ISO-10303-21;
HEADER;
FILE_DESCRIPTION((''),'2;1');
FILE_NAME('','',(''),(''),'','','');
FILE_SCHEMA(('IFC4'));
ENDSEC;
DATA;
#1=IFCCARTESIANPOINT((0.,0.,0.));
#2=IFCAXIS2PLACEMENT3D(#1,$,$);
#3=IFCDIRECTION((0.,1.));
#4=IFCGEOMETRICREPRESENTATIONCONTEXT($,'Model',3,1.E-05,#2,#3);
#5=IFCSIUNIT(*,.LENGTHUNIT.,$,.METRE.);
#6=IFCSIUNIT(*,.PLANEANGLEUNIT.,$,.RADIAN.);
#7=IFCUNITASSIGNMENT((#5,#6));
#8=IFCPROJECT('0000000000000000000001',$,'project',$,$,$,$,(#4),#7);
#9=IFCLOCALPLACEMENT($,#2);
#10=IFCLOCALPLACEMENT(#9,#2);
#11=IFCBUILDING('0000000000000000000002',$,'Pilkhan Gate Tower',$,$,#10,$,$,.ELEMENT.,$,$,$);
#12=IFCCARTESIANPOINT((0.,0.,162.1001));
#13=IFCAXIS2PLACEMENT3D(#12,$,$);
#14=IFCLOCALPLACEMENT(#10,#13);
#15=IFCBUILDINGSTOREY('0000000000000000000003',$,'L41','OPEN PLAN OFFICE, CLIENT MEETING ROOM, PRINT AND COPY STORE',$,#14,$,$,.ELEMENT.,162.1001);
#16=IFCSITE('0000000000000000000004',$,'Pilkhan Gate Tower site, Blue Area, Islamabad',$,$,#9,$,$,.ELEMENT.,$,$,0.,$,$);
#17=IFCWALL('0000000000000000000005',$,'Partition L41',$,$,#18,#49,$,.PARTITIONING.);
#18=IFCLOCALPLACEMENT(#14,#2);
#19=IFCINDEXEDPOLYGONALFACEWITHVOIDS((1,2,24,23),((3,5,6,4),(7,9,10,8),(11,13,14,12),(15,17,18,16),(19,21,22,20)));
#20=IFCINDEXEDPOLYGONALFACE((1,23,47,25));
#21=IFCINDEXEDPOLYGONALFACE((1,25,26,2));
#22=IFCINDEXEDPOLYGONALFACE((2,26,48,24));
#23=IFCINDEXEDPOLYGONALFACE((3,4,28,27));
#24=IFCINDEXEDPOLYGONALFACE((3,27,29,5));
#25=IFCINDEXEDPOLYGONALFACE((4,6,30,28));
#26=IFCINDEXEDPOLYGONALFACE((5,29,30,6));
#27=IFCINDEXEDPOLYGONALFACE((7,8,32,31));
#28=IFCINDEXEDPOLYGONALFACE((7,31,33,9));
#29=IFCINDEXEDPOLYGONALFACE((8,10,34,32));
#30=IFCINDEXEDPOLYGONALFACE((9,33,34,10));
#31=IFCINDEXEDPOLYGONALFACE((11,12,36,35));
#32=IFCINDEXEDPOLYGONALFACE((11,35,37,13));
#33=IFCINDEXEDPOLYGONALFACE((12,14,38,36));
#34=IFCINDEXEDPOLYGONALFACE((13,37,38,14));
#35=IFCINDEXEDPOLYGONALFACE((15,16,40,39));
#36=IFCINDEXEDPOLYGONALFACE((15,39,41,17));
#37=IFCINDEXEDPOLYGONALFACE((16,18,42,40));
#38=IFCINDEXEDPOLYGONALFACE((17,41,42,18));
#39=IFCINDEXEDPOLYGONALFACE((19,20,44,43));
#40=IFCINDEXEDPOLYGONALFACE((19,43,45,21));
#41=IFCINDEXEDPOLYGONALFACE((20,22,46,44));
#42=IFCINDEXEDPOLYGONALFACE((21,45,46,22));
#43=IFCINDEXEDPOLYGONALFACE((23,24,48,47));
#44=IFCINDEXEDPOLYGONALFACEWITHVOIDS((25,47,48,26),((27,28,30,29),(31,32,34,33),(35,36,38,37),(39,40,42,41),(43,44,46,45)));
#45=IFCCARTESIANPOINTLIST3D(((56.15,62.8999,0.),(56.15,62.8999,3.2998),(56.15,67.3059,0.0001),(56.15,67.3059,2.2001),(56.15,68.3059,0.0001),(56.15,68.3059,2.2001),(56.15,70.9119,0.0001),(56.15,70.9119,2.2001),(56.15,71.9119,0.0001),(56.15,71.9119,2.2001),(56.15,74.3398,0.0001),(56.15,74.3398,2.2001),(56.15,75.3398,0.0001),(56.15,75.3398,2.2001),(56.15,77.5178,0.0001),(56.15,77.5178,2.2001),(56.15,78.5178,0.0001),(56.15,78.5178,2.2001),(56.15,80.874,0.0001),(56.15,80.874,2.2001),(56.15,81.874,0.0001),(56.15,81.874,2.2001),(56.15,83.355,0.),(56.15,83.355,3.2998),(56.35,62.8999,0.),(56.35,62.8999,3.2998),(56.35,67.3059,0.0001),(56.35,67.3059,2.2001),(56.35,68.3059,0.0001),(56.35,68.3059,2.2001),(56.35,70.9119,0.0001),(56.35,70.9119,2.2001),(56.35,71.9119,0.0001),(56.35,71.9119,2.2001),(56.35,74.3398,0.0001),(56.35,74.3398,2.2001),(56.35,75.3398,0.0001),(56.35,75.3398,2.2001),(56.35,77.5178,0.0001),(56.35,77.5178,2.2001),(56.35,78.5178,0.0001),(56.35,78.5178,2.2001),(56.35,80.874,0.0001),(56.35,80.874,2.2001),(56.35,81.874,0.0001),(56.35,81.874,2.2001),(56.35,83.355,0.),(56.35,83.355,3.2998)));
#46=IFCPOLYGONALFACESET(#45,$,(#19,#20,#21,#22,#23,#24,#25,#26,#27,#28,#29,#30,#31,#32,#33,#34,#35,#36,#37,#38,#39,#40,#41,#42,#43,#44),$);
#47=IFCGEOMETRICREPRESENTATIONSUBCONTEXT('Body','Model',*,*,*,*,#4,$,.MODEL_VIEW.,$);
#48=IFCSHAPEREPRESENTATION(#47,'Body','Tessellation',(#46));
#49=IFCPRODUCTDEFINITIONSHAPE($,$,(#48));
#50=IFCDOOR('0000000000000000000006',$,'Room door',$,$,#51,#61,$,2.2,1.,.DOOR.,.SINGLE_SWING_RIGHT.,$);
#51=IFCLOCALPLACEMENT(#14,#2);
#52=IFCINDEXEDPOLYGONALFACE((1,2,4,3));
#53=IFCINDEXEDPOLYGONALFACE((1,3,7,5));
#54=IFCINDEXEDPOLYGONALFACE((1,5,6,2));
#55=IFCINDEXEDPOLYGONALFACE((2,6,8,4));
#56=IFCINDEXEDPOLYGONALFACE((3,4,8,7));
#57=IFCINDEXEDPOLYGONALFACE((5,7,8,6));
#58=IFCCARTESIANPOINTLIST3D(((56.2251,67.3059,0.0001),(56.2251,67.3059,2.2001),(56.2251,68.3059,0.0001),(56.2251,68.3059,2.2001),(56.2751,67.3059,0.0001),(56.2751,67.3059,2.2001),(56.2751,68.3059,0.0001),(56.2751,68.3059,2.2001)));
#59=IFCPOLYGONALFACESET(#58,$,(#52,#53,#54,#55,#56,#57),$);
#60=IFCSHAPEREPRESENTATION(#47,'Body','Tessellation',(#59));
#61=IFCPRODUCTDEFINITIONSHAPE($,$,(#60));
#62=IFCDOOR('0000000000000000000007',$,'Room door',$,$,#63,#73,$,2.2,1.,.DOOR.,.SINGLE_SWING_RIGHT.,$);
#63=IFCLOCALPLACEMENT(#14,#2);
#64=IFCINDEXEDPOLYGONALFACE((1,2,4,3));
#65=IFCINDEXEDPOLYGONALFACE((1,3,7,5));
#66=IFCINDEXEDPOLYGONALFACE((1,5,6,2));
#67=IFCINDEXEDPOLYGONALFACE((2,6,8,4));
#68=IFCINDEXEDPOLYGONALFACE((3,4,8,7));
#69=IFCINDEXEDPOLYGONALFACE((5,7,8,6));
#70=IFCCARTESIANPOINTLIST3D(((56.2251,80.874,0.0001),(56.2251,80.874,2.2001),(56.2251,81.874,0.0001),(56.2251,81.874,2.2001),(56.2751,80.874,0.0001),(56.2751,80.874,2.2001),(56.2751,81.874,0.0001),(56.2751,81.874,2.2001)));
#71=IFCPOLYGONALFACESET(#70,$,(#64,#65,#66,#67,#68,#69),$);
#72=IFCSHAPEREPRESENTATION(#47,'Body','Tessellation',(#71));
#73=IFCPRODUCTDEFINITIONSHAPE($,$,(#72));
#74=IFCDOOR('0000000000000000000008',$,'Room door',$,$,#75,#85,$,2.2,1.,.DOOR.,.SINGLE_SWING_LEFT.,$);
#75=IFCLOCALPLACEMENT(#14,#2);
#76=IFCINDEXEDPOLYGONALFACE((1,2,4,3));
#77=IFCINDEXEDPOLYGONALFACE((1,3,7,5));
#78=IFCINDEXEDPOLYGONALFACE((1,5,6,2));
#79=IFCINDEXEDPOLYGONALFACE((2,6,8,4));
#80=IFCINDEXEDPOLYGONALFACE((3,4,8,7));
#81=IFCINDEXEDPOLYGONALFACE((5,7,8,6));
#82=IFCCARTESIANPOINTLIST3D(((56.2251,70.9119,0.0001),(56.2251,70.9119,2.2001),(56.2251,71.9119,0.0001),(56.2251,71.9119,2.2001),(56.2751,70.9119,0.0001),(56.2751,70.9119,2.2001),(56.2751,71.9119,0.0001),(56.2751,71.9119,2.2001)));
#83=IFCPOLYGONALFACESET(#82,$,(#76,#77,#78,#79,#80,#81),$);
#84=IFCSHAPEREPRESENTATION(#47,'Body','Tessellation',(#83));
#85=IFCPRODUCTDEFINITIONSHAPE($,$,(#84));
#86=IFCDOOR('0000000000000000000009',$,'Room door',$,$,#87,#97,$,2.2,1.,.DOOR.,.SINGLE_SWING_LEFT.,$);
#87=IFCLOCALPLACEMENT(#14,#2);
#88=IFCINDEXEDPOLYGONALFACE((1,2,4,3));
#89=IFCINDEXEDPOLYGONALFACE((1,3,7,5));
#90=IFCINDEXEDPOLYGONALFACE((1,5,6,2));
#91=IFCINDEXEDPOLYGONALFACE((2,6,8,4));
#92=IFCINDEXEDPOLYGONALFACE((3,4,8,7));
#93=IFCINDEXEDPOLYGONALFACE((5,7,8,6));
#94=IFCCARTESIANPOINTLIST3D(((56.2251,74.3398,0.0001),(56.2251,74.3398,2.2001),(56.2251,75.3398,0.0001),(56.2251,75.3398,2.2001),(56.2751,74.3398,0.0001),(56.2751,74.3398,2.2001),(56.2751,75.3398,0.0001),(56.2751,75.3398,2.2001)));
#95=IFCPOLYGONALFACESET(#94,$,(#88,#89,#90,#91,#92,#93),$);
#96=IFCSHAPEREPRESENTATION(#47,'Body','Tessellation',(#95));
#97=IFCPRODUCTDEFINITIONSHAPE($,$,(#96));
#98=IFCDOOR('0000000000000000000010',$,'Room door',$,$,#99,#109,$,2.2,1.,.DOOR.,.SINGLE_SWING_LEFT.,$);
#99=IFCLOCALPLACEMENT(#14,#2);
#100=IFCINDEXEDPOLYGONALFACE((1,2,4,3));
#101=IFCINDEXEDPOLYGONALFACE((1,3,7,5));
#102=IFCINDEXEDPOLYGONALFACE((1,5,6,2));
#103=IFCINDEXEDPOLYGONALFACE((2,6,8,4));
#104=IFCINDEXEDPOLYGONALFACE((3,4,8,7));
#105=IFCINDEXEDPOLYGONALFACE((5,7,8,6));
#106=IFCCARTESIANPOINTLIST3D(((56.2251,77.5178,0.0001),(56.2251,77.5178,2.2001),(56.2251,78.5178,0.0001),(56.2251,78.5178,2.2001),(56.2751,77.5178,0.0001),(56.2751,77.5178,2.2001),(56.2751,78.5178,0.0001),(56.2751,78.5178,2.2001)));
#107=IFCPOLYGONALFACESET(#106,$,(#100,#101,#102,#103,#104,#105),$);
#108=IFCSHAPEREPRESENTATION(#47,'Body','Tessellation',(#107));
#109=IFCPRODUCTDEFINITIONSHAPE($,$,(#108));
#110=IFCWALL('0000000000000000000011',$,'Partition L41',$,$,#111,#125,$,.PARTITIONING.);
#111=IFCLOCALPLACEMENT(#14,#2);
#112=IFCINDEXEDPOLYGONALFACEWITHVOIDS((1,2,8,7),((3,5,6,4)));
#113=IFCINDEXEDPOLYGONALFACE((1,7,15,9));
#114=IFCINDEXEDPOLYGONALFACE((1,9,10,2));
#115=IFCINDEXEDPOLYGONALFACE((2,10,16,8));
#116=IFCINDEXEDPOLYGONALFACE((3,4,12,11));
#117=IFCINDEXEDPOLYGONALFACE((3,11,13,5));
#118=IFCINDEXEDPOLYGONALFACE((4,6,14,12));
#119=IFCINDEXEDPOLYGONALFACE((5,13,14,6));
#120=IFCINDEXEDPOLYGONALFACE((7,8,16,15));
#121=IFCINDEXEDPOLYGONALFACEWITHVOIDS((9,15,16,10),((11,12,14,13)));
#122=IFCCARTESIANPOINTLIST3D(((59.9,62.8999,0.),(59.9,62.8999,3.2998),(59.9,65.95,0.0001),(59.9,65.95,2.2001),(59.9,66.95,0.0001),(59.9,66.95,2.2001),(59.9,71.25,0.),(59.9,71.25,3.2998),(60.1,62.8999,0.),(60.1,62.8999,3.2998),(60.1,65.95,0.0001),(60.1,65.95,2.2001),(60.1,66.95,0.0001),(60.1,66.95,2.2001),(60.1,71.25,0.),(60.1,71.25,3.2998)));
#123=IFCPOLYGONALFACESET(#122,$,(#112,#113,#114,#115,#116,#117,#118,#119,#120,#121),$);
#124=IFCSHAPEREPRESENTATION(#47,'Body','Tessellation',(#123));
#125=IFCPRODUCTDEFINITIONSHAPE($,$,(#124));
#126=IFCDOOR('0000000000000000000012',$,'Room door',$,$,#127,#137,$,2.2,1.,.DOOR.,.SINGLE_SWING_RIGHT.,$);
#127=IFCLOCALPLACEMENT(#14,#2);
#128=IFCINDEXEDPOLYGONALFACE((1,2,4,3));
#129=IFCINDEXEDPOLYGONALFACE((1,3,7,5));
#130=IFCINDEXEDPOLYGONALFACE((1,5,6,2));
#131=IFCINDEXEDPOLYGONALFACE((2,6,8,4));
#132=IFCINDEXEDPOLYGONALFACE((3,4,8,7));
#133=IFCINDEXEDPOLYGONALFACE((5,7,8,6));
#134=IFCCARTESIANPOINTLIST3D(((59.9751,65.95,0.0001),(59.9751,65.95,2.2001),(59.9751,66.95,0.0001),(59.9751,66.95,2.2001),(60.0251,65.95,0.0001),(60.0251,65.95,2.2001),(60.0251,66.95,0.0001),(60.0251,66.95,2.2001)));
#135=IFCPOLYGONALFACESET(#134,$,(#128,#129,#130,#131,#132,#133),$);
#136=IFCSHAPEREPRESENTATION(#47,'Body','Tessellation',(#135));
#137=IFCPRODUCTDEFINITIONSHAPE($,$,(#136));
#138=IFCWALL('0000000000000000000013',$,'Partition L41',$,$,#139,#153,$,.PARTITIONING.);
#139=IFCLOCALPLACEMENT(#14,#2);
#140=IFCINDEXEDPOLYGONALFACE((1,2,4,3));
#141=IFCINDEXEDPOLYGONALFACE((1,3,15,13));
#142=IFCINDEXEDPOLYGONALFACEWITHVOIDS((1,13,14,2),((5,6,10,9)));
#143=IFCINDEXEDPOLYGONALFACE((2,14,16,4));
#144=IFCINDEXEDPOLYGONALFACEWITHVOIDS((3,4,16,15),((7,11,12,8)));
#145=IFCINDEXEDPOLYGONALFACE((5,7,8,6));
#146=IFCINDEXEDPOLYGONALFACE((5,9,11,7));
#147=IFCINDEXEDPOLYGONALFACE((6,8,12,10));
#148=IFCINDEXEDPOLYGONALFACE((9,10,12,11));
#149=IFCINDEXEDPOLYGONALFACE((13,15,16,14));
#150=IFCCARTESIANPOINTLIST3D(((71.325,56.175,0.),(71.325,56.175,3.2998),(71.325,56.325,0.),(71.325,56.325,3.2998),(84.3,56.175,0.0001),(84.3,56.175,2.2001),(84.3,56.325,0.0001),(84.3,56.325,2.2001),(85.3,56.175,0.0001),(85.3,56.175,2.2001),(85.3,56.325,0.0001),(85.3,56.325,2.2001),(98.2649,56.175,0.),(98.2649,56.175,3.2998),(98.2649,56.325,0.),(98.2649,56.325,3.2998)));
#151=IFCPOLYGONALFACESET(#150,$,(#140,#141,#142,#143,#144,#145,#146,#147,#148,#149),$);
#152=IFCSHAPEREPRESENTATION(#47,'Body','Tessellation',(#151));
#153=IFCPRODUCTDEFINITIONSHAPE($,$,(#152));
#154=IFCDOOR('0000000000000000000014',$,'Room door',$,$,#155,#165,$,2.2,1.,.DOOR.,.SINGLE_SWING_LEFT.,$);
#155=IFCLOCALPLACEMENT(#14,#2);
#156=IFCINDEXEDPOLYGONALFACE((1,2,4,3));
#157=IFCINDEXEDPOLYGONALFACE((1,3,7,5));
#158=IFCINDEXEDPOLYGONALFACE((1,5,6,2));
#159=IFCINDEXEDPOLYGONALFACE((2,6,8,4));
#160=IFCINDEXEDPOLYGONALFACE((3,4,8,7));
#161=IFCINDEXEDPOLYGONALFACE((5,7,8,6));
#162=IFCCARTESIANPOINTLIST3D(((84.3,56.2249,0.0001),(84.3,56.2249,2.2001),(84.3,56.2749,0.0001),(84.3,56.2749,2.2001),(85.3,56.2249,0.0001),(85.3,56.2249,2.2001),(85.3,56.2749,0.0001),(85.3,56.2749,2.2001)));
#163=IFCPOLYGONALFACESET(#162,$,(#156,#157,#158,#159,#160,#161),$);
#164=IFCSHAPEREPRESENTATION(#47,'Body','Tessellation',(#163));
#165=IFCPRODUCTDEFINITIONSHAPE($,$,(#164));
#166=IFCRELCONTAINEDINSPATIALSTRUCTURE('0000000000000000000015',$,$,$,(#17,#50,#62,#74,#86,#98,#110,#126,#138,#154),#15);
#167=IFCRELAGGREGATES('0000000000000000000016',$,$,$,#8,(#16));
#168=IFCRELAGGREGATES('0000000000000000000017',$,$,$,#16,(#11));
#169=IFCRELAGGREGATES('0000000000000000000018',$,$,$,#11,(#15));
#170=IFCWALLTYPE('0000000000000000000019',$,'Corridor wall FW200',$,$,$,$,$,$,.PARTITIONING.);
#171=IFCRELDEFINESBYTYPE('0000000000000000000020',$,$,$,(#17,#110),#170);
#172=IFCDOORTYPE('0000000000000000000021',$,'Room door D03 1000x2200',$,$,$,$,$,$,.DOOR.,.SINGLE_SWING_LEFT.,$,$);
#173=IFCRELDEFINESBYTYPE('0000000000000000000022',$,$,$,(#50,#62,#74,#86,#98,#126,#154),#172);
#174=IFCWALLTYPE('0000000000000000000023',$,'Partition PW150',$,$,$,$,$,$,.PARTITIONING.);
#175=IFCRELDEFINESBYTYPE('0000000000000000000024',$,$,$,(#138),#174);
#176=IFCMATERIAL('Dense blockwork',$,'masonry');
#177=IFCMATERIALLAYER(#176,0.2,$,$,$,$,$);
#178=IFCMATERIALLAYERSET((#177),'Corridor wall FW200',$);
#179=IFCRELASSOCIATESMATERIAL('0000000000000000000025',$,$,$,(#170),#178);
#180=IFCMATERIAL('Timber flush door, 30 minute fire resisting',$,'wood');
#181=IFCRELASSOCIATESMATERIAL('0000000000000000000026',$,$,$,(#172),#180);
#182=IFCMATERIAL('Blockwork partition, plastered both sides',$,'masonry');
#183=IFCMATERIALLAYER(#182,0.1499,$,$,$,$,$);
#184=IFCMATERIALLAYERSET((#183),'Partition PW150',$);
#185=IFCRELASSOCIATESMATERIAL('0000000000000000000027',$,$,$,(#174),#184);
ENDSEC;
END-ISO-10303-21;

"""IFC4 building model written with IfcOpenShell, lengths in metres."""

from ifc_helpers import new_model, si_unit, direction, frame, frame_2d, origin, place, context, subcontext, project, spatial, rectangle, extrude, material, layer, layer_set, type_object, element, fill, save


model = new_model("IFC4")

# Units and contexts
model_context = context("Model", 3, precision=1e-05, world=origin(), true_north=direction((0.0, 1.0)))
body_context = subcontext(model_context, "Body", "Model", "MODEL_VIEW")
ifc_project = project(units=[si_unit("LENGTHUNIT", "METRE"), si_unit("PLANEANGLEUNIT", "RADIAN")], contexts=[model_context])

# Site, building, storey
site_placement = place(None, origin())
site = spatial("IfcSite", under=ifc_project, at=site_placement, Name="Pilkhan Gate Tower site, Blue Area, Islamabad", CompositionType="ELEMENT", RefElevation=0.0)
building_placement = place(site_placement, origin())
building = spatial("IfcBuilding", under=site, at=building_placement, Name="Pilkhan Gate Tower", CompositionType="ELEMENT")
storey_placement = place(building_placement, frame((0.0, 0.0, 162.1001)))
storey = spatial("IfcBuildingStorey", under=building, at=storey_placement, Name="L41", Description="OPEN PLAN OFFICE, CLIENT MEETING ROOM, PRINT AND COPY STORE", CompositionType="ELEMENT", Elevation=162.1001)

# Wall, openings, doors
ifc_material_1 = material(Name="Dense blockwork", Category="masonry")
ifc_layer_1 = layer(ifc_material_1, 0.2)
ifc_layer_set_1 = layer_set([ifc_layer_1], Name="Corridor wall FW200")
wall_type_1 = type_object("IfcWallType", Name="Corridor wall FW200", PredefinedType="PARTITIONING", material=ifc_layer_set_1)
ifc_material_2 = material(Name="Timber flush door, 30 minute fire resisting", Category="wood")
door_type_1 = type_object("IfcDoorType", Name="Room door D03 1000x2200", OperationType="SINGLE_SWING_LEFT", PredefinedType="DOOR", material=ifc_material_2)
wall_1_placement = place(storey_placement, frame((56.25, 62.8999, 0.0), z_axis=(0.0, 0.0, 1.0), x_axis=(0.0, 1.0, 0.0)))
wall_1 = element("IfcWall", 1, at=wall_1_placement, inside=storey, type_object=wall_type_1, Name="Partition L41", PredefinedType="PARTITIONING", context=body_context, shape_type="SweptSolid", body=[
    extrude(rectangle(XDim=20.4551, YDim=0.2, at=frame_2d((10.2275, 0.0))), origin(), (0.0, 0.0, 1.0), 3.2998),
])
opening_1_placement = place(wall_1_placement, frame((4.406, 0.0, 0.0)))
opening_1 = element("IfcOpeningElement", 2, at=opening_1_placement, cuts=wall_1, PredefinedType="OPENING", context=body_context, shape_type="SweptSolid", body=[
    extrude(rectangle(XDim=1.0, YDim=2.2, at=frame_2d((0.5, 1.1001))), frame((0.0, 0.1099, 0.0), z_axis=(0.0, -1.0, 0.0), x_axis=(1.0, 0.0, 0.0)), (0.0, 0.0, 1.0), 0.22),
])
opening_2_placement = place(wall_1_placement, frame((17.9741, 0.0, 0.0)))
opening_2 = element("IfcOpeningElement", 3, at=opening_2_placement, cuts=wall_1, PredefinedType="OPENING", context=body_context, shape_type="SweptSolid", body=[
    extrude(rectangle(XDim=1.0, YDim=2.2, at=frame_2d((0.5, 1.1001))), frame((0.0, 0.1099, 0.0), z_axis=(0.0, -1.0, 0.0), x_axis=(1.0, 0.0, 0.0)), (0.0, 0.0, 1.0), 0.22),
])
opening_3_placement = place(wall_1_placement, frame((8.012, 0.0, 0.0)))
opening_3 = element("IfcOpeningElement", 4, at=opening_3_placement, cuts=wall_1, PredefinedType="OPENING", context=body_context, shape_type="SweptSolid", body=[
    extrude(rectangle(XDim=1.0, YDim=2.2, at=frame_2d((0.5, 1.1001))), frame((0.0, 0.1099, 0.0), z_axis=(0.0, -1.0, 0.0), x_axis=(1.0, 0.0, 0.0)), (0.0, 0.0, 1.0), 0.22),
])
opening_4_placement = place(wall_1_placement, frame((11.4399, 0.0, 0.0)))
opening_4 = element("IfcOpeningElement", 5, at=opening_4_placement, cuts=wall_1, PredefinedType="OPENING", context=body_context, shape_type="SweptSolid", body=[
    extrude(rectangle(XDim=1.0, YDim=2.2, at=frame_2d((0.5, 1.1001))), frame((0.0, 0.1099, 0.0), z_axis=(0.0, -1.0, 0.0), x_axis=(1.0, 0.0, 0.0)), (0.0, 0.0, 1.0), 0.22),
])
opening_5_placement = place(wall_1_placement, frame((14.6179, 0.0, 0.0)))
opening_5 = element("IfcOpeningElement", 6, at=opening_5_placement, cuts=wall_1, PredefinedType="OPENING", context=body_context, shape_type="SweptSolid", body=[
    extrude(rectangle(XDim=1.0, YDim=2.2, at=frame_2d((0.5, 1.1001))), frame((0.0, 0.1099, 0.0), z_axis=(0.0, -1.0, 0.0), x_axis=(1.0, 0.0, 0.0)), (0.0, 0.0, 1.0), 0.22),
])
door_1_placement = place(opening_1_placement, origin())
door_1 = element("IfcDoor", 7, at=door_1_placement, inside=storey, type_object=door_type_1, Name="Room door", OperationType="SINGLE_SWING_RIGHT", OverallHeight=2.2, OverallWidth=1.0, PredefinedType="DOOR", context=body_context, shape_type="SweptSolid", body=[
    extrude(rectangle(XDim=1.0, YDim=2.2, at=frame_2d((0.5, 1.1001))), frame((0.0, 0.0249, 0.0), z_axis=(0.0, -1.0, 0.0), x_axis=(1.0, 0.0, 0.0)), (0.0, 0.0, 1.0), 0.05),
])
fill(opening_1, door_1)
door_2_placement = place(opening_2_placement, origin())
door_2 = element("IfcDoor", 8, at=door_2_placement, inside=storey, type_object=door_type_1, Name="Room door", OperationType="SINGLE_SWING_RIGHT", OverallHeight=2.2, OverallWidth=1.0, PredefinedType="DOOR", context=body_context, shape_type="SweptSolid", body=[
    extrude(rectangle(XDim=1.0, YDim=2.2, at=frame_2d((0.5, 1.1001))), frame((0.0, 0.0249, 0.0), z_axis=(0.0, -1.0, 0.0), x_axis=(1.0, 0.0, 0.0)), (0.0, 0.0, 1.0), 0.05),
])
fill(opening_2, door_2)
door_3_placement = place(opening_3_placement, origin())
door_3 = element("IfcDoor", 9, at=door_3_placement, inside=storey, type_object=door_type_1, Name="Room door", OperationType="SINGLE_SWING_LEFT", OverallHeight=2.2, OverallWidth=1.0, PredefinedType="DOOR", context=body_context, shape_type="SweptSolid", body=[
    extrude(rectangle(XDim=1.0, YDim=2.2, at=frame_2d((0.5, 1.1001))), frame((0.0, 0.0249, 0.0), z_axis=(0.0, -1.0, 0.0), x_axis=(1.0, 0.0, 0.0)), (0.0, 0.0, 1.0), 0.05),
])
fill(opening_3, door_3)
door_4_placement = place(opening_4_placement, origin())
door_4 = element("IfcDoor", 10, at=door_4_placement, inside=storey, type_object=door_type_1, Name="Room door", OperationType="SINGLE_SWING_LEFT", OverallHeight=2.2, OverallWidth=1.0, PredefinedType="DOOR", context=body_context, shape_type="SweptSolid", body=[
    extrude(rectangle(XDim=1.0, YDim=2.2, at=frame_2d((0.5, 1.1001))), frame((0.0, 0.0249, 0.0), z_axis=(0.0, -1.0, 0.0), x_axis=(1.0, 0.0, 0.0)), (0.0, 0.0, 1.0), 0.05),
])
fill(opening_4, door_4)
door_5_placement = place(opening_5_placement, origin())
door_5 = element("IfcDoor", 11, at=door_5_placement, inside=storey, type_object=door_type_1, Name="Room door", OperationType="SINGLE_SWING_LEFT", OverallHeight=2.2, OverallWidth=1.0, PredefinedType="DOOR", context=body_context, shape_type="SweptSolid", body=[
    extrude(rectangle(XDim=1.0, YDim=2.2, at=frame_2d((0.5, 1.1001))), frame((0.0, 0.0249, 0.0), z_axis=(0.0, -1.0, 0.0), x_axis=(1.0, 0.0, 0.0)), (0.0, 0.0, 1.0), 0.05),
])
fill(opening_5, door_5)

# Walls, openings, doors
wall_2_placement = place(storey_placement, frame((60.0, 62.8999, 0.0), z_axis=(0.0, 0.0, 1.0), x_axis=(0.0, 1.0, 0.0)))
wall_2 = element("IfcWall", 12, at=wall_2_placement, inside=storey, type_object=wall_type_1, Name="Partition L41", PredefinedType="PARTITIONING", context=body_context, shape_type="SweptSolid", body=[
    extrude(rectangle(XDim=8.3501, YDim=0.2, at=frame_2d((4.175, 0.0))), origin(), (0.0, 0.0, 1.0), 3.2998),
])
opening_6_placement = place(wall_2_placement, frame((3.05, 0.0, 0.0)))
opening_6 = element("IfcOpeningElement", 13, at=opening_6_placement, cuts=wall_2, PredefinedType="OPENING", context=body_context, shape_type="SweptSolid", body=[
    extrude(rectangle(XDim=1.0, YDim=2.2, at=frame_2d((0.5, 1.1001))), frame((0.0, 0.1099, 0.0), z_axis=(0.0, -1.0, 0.0), x_axis=(1.0, 0.0, 0.0)), (0.0, 0.0, 1.0), 0.22),
])
door_6_placement = place(opening_6_placement, origin())
door_6 = element("IfcDoor", 14, at=door_6_placement, inside=storey, type_object=door_type_1, Name="Room door", OperationType="SINGLE_SWING_RIGHT", OverallHeight=2.2, OverallWidth=1.0, PredefinedType="DOOR", context=body_context, shape_type="SweptSolid", body=[
    extrude(rectangle(XDim=1.0, YDim=2.2, at=frame_2d((0.5, 1.1001))), frame((0.0, 0.0249, 0.0), z_axis=(0.0, -1.0, 0.0), x_axis=(1.0, 0.0, 0.0)), (0.0, 0.0, 1.0), 0.05),
])
fill(opening_6, door_6)
ifc_material_3 = material(Name="Blockwork partition, plastered both sides", Category="masonry")
ifc_layer_2 = layer(ifc_material_3, 0.1499)
ifc_layer_set_2 = layer_set([ifc_layer_2], Name="Partition PW150")
wall_type_2 = type_object("IfcWallType", Name="Partition PW150", PredefinedType="PARTITIONING", material=ifc_layer_set_2)
wall_3_placement = place(storey_placement, frame((71.325, 56.25, 0.0), z_axis=(0.0, 0.0, 1.0), x_axis=(1.0, 0.0, 0.0)))
wall_3 = element("IfcWall", 15, at=wall_3_placement, inside=storey, type_object=wall_type_2, Name="Partition L41", PredefinedType="PARTITIONING", context=body_context, shape_type="SweptSolid", body=[
    extrude(rectangle(XDim=26.9399, YDim=0.1499, at=frame_2d((13.47, 0.0))), origin(), (0.0, 0.0, 1.0), 3.2998),
])
opening_7_placement = place(wall_3_placement, frame((12.9751, 0.0, 0.0)))
opening_7 = element("IfcOpeningElement", 16, at=opening_7_placement, cuts=wall_3, PredefinedType="OPENING", context=body_context, shape_type="SweptSolid", body=[
    extrude(rectangle(XDim=1.0, YDim=2.2, at=frame_2d((0.5, 1.1001))), frame((0.0, 0.085, 0.0), z_axis=(0.0, -1.0, 0.0), x_axis=(1.0, 0.0, 0.0)), (0.0, 0.0, 1.0), 0.1699),
])
door_7_placement = place(opening_7_placement, origin())
door_7 = element("IfcDoor", 17, at=door_7_placement, inside=storey, type_object=door_type_1, Name="Room door", OperationType="SINGLE_SWING_LEFT", OverallHeight=2.2, OverallWidth=1.0, PredefinedType="DOOR", context=body_context, shape_type="SweptSolid", body=[
    extrude(rectangle(XDim=1.0, YDim=2.2, at=frame_2d((0.5, 1.1001))), frame((0.0, 0.0249, 0.0), z_axis=(0.0, -1.0, 0.0), x_axis=(1.0, 0.0, 0.0)), (0.0, 0.0, 1.0), 0.05),
])
fill(opening_7, door_7)

save(model, "model.ifc")
